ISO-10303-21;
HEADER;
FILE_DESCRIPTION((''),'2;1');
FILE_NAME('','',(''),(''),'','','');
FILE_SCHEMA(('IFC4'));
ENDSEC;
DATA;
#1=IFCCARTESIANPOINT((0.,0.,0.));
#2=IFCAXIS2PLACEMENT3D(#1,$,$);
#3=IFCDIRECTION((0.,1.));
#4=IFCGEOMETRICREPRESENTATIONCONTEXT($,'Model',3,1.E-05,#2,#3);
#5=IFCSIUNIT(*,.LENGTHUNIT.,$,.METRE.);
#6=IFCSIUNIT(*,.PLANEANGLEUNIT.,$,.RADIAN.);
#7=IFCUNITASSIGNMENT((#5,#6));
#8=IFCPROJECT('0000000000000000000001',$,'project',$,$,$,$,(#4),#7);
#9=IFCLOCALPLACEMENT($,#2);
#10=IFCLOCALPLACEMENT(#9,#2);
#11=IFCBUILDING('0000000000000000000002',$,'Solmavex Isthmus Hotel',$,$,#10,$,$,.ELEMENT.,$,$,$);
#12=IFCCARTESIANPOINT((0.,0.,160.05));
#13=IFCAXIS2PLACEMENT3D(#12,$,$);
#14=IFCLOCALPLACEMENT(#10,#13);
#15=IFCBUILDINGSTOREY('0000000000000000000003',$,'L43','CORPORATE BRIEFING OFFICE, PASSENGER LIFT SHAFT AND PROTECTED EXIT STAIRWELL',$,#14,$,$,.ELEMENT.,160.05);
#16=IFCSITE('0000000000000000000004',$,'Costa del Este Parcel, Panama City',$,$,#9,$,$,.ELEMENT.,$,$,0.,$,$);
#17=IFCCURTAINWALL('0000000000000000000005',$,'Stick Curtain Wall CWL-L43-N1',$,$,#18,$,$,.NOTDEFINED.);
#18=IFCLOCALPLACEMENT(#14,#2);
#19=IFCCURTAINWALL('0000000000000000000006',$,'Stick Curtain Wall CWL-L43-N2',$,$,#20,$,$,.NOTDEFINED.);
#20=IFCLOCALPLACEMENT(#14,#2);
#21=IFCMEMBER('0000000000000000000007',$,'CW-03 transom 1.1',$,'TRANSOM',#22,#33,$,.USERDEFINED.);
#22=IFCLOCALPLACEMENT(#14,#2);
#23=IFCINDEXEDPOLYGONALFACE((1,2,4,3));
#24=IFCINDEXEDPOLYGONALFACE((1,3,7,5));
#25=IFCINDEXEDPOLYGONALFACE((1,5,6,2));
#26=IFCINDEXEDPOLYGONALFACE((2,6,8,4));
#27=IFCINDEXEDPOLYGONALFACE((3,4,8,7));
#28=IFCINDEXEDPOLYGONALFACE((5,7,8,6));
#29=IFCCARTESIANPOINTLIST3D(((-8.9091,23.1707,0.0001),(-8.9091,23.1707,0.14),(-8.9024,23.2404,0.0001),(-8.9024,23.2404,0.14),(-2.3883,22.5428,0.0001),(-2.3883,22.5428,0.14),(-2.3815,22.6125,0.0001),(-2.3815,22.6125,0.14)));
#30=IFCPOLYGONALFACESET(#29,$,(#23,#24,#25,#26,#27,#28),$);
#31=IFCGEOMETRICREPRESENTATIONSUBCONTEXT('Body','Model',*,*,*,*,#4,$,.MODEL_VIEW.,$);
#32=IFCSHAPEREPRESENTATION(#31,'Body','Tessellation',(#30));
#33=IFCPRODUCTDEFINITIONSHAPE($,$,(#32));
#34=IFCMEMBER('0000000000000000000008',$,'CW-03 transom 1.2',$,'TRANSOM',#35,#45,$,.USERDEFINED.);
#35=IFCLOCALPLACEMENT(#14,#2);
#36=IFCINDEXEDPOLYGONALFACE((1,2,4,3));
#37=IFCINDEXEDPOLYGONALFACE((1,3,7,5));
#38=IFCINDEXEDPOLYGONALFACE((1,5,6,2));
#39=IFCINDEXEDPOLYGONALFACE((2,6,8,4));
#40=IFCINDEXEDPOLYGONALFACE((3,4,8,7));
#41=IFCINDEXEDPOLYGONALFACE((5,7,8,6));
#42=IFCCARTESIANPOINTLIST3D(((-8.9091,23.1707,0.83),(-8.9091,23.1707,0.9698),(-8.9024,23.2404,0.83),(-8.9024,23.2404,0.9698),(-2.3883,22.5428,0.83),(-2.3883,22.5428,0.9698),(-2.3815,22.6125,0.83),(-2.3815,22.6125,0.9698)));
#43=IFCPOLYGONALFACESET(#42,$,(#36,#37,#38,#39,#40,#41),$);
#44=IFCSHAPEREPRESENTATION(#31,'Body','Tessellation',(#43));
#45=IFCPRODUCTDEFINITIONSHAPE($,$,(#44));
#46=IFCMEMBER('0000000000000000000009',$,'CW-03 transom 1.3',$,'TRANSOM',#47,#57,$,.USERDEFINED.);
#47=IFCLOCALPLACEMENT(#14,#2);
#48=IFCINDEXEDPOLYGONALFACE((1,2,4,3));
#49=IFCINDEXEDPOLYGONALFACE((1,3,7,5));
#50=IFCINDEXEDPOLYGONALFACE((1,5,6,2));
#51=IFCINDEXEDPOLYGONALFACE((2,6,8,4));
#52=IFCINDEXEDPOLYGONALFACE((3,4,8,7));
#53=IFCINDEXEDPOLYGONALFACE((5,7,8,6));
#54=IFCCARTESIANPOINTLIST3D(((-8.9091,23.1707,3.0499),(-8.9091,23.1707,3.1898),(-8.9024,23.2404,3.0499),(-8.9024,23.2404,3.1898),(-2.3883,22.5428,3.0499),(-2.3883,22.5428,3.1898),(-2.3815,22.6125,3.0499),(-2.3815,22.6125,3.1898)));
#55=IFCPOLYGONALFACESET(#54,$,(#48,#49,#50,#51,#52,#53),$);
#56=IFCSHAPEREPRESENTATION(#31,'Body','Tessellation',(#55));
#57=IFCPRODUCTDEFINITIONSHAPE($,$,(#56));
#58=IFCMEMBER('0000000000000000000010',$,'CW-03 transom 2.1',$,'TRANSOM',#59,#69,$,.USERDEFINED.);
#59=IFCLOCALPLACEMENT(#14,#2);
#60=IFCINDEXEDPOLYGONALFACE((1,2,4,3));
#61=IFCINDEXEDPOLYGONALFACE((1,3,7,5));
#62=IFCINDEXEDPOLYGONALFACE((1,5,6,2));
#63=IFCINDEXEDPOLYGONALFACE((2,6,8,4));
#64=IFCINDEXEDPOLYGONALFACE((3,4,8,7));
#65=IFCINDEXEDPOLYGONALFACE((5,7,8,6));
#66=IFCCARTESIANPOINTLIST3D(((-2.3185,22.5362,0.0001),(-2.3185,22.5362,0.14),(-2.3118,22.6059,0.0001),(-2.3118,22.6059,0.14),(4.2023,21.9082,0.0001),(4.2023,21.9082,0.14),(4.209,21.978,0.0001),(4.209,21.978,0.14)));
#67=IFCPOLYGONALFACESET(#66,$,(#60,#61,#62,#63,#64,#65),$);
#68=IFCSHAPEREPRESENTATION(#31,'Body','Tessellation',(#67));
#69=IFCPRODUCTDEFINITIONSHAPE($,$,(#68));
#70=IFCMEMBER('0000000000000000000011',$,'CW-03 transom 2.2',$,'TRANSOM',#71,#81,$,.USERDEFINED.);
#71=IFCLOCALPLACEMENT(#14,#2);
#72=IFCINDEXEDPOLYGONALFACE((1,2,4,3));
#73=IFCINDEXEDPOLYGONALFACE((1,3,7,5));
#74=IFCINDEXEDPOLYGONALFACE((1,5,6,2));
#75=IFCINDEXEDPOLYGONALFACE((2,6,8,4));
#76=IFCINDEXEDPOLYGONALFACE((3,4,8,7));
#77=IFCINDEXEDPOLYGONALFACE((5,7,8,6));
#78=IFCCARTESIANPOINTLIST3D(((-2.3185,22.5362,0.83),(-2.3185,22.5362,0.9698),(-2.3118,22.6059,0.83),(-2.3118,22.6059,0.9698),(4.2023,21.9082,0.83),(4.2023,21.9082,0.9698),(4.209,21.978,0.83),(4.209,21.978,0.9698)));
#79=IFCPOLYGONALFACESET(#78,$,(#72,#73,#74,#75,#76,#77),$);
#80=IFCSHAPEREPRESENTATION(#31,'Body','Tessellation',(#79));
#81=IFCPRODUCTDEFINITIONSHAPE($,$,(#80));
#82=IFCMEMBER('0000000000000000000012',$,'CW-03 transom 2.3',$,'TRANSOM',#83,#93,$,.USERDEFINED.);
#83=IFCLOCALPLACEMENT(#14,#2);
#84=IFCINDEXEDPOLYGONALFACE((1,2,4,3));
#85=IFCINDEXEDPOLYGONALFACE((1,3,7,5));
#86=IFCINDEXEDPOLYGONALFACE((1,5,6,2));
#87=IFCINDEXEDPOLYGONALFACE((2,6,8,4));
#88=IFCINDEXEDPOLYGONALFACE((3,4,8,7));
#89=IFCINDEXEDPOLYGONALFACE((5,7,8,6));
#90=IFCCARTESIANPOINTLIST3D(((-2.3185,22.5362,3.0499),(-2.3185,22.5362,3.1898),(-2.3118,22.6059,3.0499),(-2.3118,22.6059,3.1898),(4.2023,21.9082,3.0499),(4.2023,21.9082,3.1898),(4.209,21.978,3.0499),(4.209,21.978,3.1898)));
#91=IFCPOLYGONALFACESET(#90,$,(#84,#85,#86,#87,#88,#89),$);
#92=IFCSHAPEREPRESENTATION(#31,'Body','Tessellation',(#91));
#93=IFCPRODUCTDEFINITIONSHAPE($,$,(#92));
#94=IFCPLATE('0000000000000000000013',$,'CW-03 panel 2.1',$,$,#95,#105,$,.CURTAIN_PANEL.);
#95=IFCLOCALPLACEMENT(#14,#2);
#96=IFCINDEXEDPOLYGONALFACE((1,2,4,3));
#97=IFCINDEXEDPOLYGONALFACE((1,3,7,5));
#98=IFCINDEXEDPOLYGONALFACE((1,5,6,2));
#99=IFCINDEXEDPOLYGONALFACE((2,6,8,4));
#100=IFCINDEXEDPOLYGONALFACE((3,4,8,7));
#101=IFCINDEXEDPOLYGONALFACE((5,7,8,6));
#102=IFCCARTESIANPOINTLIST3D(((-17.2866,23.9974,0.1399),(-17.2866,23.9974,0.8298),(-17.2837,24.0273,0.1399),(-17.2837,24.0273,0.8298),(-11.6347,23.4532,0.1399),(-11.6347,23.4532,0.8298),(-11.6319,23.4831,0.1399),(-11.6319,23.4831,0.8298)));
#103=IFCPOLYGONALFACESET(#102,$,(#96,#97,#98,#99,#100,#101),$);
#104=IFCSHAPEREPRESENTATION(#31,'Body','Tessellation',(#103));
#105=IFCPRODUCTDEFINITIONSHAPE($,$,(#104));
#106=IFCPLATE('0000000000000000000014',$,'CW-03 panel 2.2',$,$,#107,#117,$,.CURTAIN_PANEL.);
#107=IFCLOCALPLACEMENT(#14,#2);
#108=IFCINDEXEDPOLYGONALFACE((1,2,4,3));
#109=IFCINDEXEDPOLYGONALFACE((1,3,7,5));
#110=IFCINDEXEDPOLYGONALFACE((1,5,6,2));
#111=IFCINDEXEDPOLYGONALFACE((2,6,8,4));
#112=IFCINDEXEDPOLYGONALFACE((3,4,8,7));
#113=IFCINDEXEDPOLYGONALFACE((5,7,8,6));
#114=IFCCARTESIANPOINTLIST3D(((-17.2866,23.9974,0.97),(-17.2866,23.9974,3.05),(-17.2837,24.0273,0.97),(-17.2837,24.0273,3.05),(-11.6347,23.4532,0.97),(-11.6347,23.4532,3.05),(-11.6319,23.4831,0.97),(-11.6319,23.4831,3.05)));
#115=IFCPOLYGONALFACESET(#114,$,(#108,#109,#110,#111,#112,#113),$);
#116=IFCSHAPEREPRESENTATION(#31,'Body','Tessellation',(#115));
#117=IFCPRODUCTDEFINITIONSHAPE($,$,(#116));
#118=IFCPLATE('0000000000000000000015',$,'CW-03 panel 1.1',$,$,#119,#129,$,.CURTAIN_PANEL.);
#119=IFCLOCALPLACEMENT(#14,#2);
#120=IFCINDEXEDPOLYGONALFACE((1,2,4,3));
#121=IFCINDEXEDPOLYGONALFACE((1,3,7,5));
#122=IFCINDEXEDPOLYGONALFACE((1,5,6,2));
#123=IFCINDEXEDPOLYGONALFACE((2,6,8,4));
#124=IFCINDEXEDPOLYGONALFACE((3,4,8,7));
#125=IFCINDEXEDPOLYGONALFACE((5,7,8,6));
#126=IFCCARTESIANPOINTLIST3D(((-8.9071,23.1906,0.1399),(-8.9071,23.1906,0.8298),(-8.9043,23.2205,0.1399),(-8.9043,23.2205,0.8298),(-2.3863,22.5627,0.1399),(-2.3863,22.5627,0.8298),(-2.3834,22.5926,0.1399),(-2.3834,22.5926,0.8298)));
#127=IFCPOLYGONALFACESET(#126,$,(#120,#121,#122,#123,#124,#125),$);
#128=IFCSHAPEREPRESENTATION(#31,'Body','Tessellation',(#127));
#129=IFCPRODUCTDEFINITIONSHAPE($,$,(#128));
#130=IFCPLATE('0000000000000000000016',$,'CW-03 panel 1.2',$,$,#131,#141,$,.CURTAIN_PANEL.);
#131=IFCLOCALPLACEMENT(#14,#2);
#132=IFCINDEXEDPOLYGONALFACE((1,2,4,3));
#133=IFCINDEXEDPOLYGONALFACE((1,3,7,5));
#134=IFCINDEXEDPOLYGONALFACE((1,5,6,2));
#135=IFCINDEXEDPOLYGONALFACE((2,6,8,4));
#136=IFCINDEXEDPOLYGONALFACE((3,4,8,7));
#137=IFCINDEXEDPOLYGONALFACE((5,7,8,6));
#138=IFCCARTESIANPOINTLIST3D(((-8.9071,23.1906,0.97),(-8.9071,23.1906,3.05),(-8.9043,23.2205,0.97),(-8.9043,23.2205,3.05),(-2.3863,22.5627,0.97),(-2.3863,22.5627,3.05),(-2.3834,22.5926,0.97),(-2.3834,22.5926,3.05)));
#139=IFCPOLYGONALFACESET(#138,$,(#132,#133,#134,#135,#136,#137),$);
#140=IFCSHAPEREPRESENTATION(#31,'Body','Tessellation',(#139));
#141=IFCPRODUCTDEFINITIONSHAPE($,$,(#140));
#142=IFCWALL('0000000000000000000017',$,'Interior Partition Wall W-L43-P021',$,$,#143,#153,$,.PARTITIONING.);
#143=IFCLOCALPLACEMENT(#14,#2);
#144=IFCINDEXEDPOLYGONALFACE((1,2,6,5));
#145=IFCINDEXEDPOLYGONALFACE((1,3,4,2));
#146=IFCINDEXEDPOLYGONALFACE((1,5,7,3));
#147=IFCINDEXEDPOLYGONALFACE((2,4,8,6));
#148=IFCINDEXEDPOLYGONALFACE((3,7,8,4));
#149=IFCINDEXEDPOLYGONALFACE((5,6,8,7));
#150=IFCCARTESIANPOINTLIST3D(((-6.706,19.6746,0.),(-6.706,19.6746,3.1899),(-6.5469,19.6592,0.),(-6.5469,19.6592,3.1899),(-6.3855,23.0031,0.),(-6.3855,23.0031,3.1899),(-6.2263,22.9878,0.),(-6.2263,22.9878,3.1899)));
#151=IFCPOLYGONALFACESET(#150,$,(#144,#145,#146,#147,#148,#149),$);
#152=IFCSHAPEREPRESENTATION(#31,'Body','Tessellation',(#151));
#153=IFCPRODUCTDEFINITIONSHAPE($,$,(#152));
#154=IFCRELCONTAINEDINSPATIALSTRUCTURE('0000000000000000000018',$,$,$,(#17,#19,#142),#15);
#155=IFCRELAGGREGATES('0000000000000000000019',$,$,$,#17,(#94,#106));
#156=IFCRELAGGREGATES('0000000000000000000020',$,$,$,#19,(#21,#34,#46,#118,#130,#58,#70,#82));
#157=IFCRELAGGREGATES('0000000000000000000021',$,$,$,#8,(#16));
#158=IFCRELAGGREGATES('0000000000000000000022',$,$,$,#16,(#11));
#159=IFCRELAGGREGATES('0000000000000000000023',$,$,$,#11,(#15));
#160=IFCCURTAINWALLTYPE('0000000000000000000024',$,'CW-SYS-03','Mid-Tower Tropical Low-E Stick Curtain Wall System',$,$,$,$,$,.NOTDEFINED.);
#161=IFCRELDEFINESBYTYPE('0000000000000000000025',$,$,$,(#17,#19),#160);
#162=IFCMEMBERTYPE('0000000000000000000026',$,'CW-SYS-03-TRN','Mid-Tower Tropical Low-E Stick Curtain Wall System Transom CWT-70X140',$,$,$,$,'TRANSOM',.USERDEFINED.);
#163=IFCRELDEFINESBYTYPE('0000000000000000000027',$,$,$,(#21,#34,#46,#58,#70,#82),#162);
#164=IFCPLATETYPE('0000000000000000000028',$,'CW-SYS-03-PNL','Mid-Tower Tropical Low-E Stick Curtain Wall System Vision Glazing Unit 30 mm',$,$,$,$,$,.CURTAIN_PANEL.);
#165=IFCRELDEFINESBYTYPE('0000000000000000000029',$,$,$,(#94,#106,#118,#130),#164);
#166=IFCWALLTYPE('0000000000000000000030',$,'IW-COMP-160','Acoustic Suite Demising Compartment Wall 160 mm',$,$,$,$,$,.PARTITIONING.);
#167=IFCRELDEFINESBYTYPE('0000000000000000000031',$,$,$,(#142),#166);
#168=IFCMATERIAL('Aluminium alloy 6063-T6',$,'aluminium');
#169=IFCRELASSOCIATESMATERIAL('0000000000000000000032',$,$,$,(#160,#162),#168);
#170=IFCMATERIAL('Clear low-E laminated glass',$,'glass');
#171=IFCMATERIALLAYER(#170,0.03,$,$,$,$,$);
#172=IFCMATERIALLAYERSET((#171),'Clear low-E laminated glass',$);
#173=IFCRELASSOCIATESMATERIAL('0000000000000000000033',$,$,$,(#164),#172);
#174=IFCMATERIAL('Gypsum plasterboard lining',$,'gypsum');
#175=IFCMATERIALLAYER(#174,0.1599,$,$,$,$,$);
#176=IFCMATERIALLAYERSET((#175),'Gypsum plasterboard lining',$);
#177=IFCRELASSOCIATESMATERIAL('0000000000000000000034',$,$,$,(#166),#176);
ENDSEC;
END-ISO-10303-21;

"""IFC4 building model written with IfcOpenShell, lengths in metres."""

from ifc_helpers import new_model, si_unit, direction, frame, frame_2d, origin, origin_2d, place, context, subcontext, project, spatial, rectangle, extrude, material, layer, layer_set, material_profile, profile_set, type_object, element, aggregate, save


model = new_model("IFC4")

# Units and contexts
model_context = context("Model", 3, precision=1e-05, world=origin(), true_north=direction((0.0, 1.0)))
body_context = subcontext(model_context, "Body", "Model", "MODEL_VIEW")
ifc_project = project(units=[si_unit("LENGTHUNIT", "METRE"), si_unit("PLANEANGLEUNIT", "RADIAN")], contexts=[model_context])

# Site, building, storey
site_placement = place(None, origin())
site = spatial("IfcSite", under=ifc_project, at=site_placement, Name="Costa del Este Parcel, Panama City", CompositionType="ELEMENT", RefElevation=0.0)
building_placement = place(site_placement, origin())
building = spatial("IfcBuilding", under=site, at=building_placement, Name="Solmavex Isthmus Hotel", CompositionType="ELEMENT")
storey_placement = place(building_placement, frame((0.0, 0.0, 160.05)))
storey = spatial("IfcBuildingStorey", under=building, at=storey_placement, Name="L43", Description="CORPORATE BRIEFING OFFICE, PASSENGER LIFT SHAFT AND PROTECTED EXIT STAIRWELL", CompositionType="ELEMENT", Elevation=160.05)

# Curtain wall
ifc_material_1 = material(Name="Aluminium alloy 6063-T6", Category="aluminium")
curtain_wall_type = type_object("IfcCurtainWallType", Name="CW-SYS-03", Description="Mid-Tower Tropical Low-E Stick Curtain Wall System", PredefinedType="NOTDEFINED", material=ifc_material_1)
curtain_wall_1_placement = place(storey_placement, origin())
curtain_wall_1 = element("IfcCurtainWall", 1, at=curtain_wall_1_placement, inside=storey, type_object=curtain_wall_type, Name="Stick Curtain Wall CWL-L43-N1", PredefinedType="NOTDEFINED")

# Curtain wall, members
curtain_wall_2_placement = place(storey_placement, origin())
curtain_wall_2 = element("IfcCurtainWall", 2, at=curtain_wall_2_placement, inside=storey, type_object=curtain_wall_type, Name="Stick Curtain Wall CWL-L43-N2", PredefinedType="NOTDEFINED")
ifc_material_profile_1 = material_profile(ifc_material_1, rectangle(XDim=0.0701, YDim=0.1399, at=origin_2d()), Name="CWT-70X140")
ifc_profile_set_1 = profile_set([ifc_material_profile_1], Name="Aluminium alloy 6063-T6")
member_type_1 = type_object("IfcMemberType", Name="CW-SYS-03-TRN", Description="Mid-Tower Tropical Low-E Stick Curtain Wall System Transom CWT-70X140", ElementType="TRANSOM", PredefinedType="USERDEFINED", material=ifc_profile_set_1)
member_1_placement = place(storey_placement, frame((-8.9058, 23.2056, 0.0701), z_axis=(0.995395, -0.095854, 0.0), x_axis=(0.095854, 0.995395, 0.0)))
member_1 = element("IfcMember", 3, at=member_1_placement, type_object=member_type_1, Name="CW-03 transom 1.1", ObjectType="TRANSOM", PredefinedType="USERDEFINED", context=body_context, shape_type="SweptSolid", body=[
    extrude(rectangle(XDim=0.0701, YDim=0.1399, at=origin_2d()), origin(), (0.0, 0.0, 1.0), 6.551),
])
member_2_placement = place(storey_placement, frame((-8.9058, 23.2056, 0.8999), z_axis=(0.995395, -0.095854, 0.0), x_axis=(0.095854, 0.995395, 0.0)))
member_2 = element("IfcMember", 4, at=member_2_placement, type_object=member_type_1, Name="CW-03 transom 1.2", ObjectType="TRANSOM", PredefinedType="USERDEFINED", context=body_context, shape_type="SweptSolid", body=[
    extrude(rectangle(XDim=0.0701, YDim=0.1399, at=origin_2d()), origin(), (0.0, 0.0, 1.0), 6.551),
])
member_3_placement = place(storey_placement, frame((-8.9058, 23.2056, 3.1199), z_axis=(0.995395, -0.095854, 0.0), x_axis=(0.095854, 0.995395, 0.0)))
member_3 = element("IfcMember", 5, at=member_3_placement, type_object=member_type_1, Name="CW-03 transom 1.3", ObjectType="TRANSOM", PredefinedType="USERDEFINED", context=body_context, shape_type="SweptSolid", body=[
    extrude(rectangle(XDim=0.0701, YDim=0.1399, at=origin_2d()), origin(), (0.0, 0.0, 1.0), 6.551),
])
member_4_placement = place(storey_placement, frame((-2.3152, 22.571, 0.0701), z_axis=(0.995395, -0.095854, 0.0), x_axis=(0.095854, 0.995395, 0.0)))
member_4 = element("IfcMember", 6, at=member_4_placement, type_object=member_type_1, Name="CW-03 transom 2.1", ObjectType="TRANSOM", PredefinedType="USERDEFINED", context=body_context, shape_type="SweptSolid", body=[
    extrude(rectangle(XDim=0.0701, YDim=0.1399, at=origin_2d()), origin(), (0.0, 0.0, 1.0), 6.551),
])
member_5_placement = place(storey_placement, frame((-2.3152, 22.571, 0.8999), z_axis=(0.995395, -0.095854, 0.0), x_axis=(0.095854, 0.995395, 0.0)))
member_5 = element("IfcMember", 7, at=member_5_placement, type_object=member_type_1, Name="CW-03 transom 2.2", ObjectType="TRANSOM", PredefinedType="USERDEFINED", context=body_context, shape_type="SweptSolid", body=[
    extrude(rectangle(XDim=0.0701, YDim=0.1399, at=origin_2d()), origin(), (0.0, 0.0, 1.0), 6.551),
])
member_6_placement = place(storey_placement, frame((-2.3152, 22.571, 3.1199), z_axis=(0.995395, -0.095854, 0.0), x_axis=(0.095854, 0.995395, 0.0)))
member_6 = element("IfcMember", 8, at=member_6_placement, type_object=member_type_1, Name="CW-03 transom 2.3", ObjectType="TRANSOM", PredefinedType="USERDEFINED", context=body_context, shape_type="SweptSolid", body=[
    extrude(rectangle(XDim=0.0701, YDim=0.1399, at=origin_2d()), origin(), (0.0, 0.0, 1.0), 6.551),
])

# Plates
ifc_material_2 = material(Name="Clear low-E laminated glass", Category="glass")
ifc_layer_1 = layer(ifc_material_2, 0.03)
ifc_layer_set_1 = layer_set([ifc_layer_1], Name="Clear low-E laminated glass")
plate_type = type_object("IfcPlateType", Name="CW-SYS-03-PNL", Description="Mid-Tower Tropical Low-E Stick Curtain Wall System Vision Glazing Unit 30 mm", PredefinedType="CURTAIN_PANEL", material=ifc_layer_set_1)
plate_1_placement = place(storey_placement, frame((-14.4592, 23.7402, 0.1399), z_axis=(0.0, 0.0, 1.0), x_axis=(0.995396, -0.095846, 0.0)))
plate_1 = element("IfcPlate", 9, at=plate_1_placement, type_object=plate_type, Name="CW-03 panel 2.1", PredefinedType="CURTAIN_PANEL", context=body_context, shape_type="SweptSolid", body=[
    extrude(rectangle(XDim=5.678, YDim=0.03, at=origin_2d()), origin(), (0.0, 0.0, 1.0), 0.6899),
])
plate_2_placement = place(storey_placement, frame((-14.4592, 23.7402, 0.97), z_axis=(0.0, 0.0, 1.0), x_axis=(0.995396, -0.095846, 0.0)))
plate_2 = element("IfcPlate", 10, at=plate_2_placement, type_object=plate_type, Name="CW-03 panel 2.2", PredefinedType="CURTAIN_PANEL", context=body_context, shape_type="SweptSolid", body=[
    extrude(rectangle(XDim=5.678, YDim=0.03, at=origin_2d()), origin(), (0.0, 0.0, 1.0), 2.0801),
])
aggregate(curtain_wall_1, [plate_1, plate_2])
plate_3_placement = place(storey_placement, frame((-5.6453, 22.8916, 0.1399), z_axis=(0.0, 0.0, 1.0), x_axis=(0.995396, -0.095845, 0.0)))
plate_3 = element("IfcPlate", 11, at=plate_3_placement, type_object=plate_type, Name="CW-03 panel 1.1", PredefinedType="CURTAIN_PANEL", context=body_context, shape_type="SweptSolid", body=[
    extrude(rectangle(XDim=6.551, YDim=0.03, at=origin_2d()), origin(), (0.0, 0.0, 1.0), 0.6899),
])
plate_4_placement = place(storey_placement, frame((-5.6453, 22.8916, 0.97), z_axis=(0.0, 0.0, 1.0), x_axis=(0.995396, -0.095845, 0.0)))
plate_4 = element("IfcPlate", 12, at=plate_4_placement, type_object=plate_type, Name="CW-03 panel 1.2", PredefinedType="CURTAIN_PANEL", context=body_context, shape_type="SweptSolid", body=[
    extrude(rectangle(XDim=6.551, YDim=0.03, at=origin_2d()), origin(), (0.0, 0.0, 1.0), 2.0801),
])
aggregate(curtain_wall_2, [member_1, member_2, member_3, plate_3, plate_4, member_4, member_5, member_6])

# Wall
ifc_material_3 = material(Name="Gypsum plasterboard lining", Category="gypsum")
ifc_layer_2 = layer(ifc_material_3, 0.1599)
ifc_layer_set_2 = layer_set([ifc_layer_2], Name="Gypsum plasterboard lining")
wall_type_1 = type_object("IfcWallType", Name="IW-COMP-160", Description="Acoustic Suite Demising Compartment Wall 160 mm", PredefinedType="PARTITIONING", material=ifc_layer_set_2)
wall_1_placement = place(storey_placement, frame((-6.3059, 22.9954, 0.0), z_axis=(0.0, 0.0, 1.0), x_axis=(-0.09586, -0.995395, 0.0)))
element("IfcWall", 13, at=wall_1_placement, inside=storey, type_object=wall_type_1, Name="Interior Partition Wall W-L43-P021", PredefinedType="PARTITIONING", context=body_context, shape_type="SweptSolid", body=[
    extrude(rectangle(XDim=3.344, YDim=0.1599, at=frame_2d((1.6719, 0.0))), origin(), (0.0, 0.0, 1.0), 3.1899),
])

save(model, "model.ifc")
